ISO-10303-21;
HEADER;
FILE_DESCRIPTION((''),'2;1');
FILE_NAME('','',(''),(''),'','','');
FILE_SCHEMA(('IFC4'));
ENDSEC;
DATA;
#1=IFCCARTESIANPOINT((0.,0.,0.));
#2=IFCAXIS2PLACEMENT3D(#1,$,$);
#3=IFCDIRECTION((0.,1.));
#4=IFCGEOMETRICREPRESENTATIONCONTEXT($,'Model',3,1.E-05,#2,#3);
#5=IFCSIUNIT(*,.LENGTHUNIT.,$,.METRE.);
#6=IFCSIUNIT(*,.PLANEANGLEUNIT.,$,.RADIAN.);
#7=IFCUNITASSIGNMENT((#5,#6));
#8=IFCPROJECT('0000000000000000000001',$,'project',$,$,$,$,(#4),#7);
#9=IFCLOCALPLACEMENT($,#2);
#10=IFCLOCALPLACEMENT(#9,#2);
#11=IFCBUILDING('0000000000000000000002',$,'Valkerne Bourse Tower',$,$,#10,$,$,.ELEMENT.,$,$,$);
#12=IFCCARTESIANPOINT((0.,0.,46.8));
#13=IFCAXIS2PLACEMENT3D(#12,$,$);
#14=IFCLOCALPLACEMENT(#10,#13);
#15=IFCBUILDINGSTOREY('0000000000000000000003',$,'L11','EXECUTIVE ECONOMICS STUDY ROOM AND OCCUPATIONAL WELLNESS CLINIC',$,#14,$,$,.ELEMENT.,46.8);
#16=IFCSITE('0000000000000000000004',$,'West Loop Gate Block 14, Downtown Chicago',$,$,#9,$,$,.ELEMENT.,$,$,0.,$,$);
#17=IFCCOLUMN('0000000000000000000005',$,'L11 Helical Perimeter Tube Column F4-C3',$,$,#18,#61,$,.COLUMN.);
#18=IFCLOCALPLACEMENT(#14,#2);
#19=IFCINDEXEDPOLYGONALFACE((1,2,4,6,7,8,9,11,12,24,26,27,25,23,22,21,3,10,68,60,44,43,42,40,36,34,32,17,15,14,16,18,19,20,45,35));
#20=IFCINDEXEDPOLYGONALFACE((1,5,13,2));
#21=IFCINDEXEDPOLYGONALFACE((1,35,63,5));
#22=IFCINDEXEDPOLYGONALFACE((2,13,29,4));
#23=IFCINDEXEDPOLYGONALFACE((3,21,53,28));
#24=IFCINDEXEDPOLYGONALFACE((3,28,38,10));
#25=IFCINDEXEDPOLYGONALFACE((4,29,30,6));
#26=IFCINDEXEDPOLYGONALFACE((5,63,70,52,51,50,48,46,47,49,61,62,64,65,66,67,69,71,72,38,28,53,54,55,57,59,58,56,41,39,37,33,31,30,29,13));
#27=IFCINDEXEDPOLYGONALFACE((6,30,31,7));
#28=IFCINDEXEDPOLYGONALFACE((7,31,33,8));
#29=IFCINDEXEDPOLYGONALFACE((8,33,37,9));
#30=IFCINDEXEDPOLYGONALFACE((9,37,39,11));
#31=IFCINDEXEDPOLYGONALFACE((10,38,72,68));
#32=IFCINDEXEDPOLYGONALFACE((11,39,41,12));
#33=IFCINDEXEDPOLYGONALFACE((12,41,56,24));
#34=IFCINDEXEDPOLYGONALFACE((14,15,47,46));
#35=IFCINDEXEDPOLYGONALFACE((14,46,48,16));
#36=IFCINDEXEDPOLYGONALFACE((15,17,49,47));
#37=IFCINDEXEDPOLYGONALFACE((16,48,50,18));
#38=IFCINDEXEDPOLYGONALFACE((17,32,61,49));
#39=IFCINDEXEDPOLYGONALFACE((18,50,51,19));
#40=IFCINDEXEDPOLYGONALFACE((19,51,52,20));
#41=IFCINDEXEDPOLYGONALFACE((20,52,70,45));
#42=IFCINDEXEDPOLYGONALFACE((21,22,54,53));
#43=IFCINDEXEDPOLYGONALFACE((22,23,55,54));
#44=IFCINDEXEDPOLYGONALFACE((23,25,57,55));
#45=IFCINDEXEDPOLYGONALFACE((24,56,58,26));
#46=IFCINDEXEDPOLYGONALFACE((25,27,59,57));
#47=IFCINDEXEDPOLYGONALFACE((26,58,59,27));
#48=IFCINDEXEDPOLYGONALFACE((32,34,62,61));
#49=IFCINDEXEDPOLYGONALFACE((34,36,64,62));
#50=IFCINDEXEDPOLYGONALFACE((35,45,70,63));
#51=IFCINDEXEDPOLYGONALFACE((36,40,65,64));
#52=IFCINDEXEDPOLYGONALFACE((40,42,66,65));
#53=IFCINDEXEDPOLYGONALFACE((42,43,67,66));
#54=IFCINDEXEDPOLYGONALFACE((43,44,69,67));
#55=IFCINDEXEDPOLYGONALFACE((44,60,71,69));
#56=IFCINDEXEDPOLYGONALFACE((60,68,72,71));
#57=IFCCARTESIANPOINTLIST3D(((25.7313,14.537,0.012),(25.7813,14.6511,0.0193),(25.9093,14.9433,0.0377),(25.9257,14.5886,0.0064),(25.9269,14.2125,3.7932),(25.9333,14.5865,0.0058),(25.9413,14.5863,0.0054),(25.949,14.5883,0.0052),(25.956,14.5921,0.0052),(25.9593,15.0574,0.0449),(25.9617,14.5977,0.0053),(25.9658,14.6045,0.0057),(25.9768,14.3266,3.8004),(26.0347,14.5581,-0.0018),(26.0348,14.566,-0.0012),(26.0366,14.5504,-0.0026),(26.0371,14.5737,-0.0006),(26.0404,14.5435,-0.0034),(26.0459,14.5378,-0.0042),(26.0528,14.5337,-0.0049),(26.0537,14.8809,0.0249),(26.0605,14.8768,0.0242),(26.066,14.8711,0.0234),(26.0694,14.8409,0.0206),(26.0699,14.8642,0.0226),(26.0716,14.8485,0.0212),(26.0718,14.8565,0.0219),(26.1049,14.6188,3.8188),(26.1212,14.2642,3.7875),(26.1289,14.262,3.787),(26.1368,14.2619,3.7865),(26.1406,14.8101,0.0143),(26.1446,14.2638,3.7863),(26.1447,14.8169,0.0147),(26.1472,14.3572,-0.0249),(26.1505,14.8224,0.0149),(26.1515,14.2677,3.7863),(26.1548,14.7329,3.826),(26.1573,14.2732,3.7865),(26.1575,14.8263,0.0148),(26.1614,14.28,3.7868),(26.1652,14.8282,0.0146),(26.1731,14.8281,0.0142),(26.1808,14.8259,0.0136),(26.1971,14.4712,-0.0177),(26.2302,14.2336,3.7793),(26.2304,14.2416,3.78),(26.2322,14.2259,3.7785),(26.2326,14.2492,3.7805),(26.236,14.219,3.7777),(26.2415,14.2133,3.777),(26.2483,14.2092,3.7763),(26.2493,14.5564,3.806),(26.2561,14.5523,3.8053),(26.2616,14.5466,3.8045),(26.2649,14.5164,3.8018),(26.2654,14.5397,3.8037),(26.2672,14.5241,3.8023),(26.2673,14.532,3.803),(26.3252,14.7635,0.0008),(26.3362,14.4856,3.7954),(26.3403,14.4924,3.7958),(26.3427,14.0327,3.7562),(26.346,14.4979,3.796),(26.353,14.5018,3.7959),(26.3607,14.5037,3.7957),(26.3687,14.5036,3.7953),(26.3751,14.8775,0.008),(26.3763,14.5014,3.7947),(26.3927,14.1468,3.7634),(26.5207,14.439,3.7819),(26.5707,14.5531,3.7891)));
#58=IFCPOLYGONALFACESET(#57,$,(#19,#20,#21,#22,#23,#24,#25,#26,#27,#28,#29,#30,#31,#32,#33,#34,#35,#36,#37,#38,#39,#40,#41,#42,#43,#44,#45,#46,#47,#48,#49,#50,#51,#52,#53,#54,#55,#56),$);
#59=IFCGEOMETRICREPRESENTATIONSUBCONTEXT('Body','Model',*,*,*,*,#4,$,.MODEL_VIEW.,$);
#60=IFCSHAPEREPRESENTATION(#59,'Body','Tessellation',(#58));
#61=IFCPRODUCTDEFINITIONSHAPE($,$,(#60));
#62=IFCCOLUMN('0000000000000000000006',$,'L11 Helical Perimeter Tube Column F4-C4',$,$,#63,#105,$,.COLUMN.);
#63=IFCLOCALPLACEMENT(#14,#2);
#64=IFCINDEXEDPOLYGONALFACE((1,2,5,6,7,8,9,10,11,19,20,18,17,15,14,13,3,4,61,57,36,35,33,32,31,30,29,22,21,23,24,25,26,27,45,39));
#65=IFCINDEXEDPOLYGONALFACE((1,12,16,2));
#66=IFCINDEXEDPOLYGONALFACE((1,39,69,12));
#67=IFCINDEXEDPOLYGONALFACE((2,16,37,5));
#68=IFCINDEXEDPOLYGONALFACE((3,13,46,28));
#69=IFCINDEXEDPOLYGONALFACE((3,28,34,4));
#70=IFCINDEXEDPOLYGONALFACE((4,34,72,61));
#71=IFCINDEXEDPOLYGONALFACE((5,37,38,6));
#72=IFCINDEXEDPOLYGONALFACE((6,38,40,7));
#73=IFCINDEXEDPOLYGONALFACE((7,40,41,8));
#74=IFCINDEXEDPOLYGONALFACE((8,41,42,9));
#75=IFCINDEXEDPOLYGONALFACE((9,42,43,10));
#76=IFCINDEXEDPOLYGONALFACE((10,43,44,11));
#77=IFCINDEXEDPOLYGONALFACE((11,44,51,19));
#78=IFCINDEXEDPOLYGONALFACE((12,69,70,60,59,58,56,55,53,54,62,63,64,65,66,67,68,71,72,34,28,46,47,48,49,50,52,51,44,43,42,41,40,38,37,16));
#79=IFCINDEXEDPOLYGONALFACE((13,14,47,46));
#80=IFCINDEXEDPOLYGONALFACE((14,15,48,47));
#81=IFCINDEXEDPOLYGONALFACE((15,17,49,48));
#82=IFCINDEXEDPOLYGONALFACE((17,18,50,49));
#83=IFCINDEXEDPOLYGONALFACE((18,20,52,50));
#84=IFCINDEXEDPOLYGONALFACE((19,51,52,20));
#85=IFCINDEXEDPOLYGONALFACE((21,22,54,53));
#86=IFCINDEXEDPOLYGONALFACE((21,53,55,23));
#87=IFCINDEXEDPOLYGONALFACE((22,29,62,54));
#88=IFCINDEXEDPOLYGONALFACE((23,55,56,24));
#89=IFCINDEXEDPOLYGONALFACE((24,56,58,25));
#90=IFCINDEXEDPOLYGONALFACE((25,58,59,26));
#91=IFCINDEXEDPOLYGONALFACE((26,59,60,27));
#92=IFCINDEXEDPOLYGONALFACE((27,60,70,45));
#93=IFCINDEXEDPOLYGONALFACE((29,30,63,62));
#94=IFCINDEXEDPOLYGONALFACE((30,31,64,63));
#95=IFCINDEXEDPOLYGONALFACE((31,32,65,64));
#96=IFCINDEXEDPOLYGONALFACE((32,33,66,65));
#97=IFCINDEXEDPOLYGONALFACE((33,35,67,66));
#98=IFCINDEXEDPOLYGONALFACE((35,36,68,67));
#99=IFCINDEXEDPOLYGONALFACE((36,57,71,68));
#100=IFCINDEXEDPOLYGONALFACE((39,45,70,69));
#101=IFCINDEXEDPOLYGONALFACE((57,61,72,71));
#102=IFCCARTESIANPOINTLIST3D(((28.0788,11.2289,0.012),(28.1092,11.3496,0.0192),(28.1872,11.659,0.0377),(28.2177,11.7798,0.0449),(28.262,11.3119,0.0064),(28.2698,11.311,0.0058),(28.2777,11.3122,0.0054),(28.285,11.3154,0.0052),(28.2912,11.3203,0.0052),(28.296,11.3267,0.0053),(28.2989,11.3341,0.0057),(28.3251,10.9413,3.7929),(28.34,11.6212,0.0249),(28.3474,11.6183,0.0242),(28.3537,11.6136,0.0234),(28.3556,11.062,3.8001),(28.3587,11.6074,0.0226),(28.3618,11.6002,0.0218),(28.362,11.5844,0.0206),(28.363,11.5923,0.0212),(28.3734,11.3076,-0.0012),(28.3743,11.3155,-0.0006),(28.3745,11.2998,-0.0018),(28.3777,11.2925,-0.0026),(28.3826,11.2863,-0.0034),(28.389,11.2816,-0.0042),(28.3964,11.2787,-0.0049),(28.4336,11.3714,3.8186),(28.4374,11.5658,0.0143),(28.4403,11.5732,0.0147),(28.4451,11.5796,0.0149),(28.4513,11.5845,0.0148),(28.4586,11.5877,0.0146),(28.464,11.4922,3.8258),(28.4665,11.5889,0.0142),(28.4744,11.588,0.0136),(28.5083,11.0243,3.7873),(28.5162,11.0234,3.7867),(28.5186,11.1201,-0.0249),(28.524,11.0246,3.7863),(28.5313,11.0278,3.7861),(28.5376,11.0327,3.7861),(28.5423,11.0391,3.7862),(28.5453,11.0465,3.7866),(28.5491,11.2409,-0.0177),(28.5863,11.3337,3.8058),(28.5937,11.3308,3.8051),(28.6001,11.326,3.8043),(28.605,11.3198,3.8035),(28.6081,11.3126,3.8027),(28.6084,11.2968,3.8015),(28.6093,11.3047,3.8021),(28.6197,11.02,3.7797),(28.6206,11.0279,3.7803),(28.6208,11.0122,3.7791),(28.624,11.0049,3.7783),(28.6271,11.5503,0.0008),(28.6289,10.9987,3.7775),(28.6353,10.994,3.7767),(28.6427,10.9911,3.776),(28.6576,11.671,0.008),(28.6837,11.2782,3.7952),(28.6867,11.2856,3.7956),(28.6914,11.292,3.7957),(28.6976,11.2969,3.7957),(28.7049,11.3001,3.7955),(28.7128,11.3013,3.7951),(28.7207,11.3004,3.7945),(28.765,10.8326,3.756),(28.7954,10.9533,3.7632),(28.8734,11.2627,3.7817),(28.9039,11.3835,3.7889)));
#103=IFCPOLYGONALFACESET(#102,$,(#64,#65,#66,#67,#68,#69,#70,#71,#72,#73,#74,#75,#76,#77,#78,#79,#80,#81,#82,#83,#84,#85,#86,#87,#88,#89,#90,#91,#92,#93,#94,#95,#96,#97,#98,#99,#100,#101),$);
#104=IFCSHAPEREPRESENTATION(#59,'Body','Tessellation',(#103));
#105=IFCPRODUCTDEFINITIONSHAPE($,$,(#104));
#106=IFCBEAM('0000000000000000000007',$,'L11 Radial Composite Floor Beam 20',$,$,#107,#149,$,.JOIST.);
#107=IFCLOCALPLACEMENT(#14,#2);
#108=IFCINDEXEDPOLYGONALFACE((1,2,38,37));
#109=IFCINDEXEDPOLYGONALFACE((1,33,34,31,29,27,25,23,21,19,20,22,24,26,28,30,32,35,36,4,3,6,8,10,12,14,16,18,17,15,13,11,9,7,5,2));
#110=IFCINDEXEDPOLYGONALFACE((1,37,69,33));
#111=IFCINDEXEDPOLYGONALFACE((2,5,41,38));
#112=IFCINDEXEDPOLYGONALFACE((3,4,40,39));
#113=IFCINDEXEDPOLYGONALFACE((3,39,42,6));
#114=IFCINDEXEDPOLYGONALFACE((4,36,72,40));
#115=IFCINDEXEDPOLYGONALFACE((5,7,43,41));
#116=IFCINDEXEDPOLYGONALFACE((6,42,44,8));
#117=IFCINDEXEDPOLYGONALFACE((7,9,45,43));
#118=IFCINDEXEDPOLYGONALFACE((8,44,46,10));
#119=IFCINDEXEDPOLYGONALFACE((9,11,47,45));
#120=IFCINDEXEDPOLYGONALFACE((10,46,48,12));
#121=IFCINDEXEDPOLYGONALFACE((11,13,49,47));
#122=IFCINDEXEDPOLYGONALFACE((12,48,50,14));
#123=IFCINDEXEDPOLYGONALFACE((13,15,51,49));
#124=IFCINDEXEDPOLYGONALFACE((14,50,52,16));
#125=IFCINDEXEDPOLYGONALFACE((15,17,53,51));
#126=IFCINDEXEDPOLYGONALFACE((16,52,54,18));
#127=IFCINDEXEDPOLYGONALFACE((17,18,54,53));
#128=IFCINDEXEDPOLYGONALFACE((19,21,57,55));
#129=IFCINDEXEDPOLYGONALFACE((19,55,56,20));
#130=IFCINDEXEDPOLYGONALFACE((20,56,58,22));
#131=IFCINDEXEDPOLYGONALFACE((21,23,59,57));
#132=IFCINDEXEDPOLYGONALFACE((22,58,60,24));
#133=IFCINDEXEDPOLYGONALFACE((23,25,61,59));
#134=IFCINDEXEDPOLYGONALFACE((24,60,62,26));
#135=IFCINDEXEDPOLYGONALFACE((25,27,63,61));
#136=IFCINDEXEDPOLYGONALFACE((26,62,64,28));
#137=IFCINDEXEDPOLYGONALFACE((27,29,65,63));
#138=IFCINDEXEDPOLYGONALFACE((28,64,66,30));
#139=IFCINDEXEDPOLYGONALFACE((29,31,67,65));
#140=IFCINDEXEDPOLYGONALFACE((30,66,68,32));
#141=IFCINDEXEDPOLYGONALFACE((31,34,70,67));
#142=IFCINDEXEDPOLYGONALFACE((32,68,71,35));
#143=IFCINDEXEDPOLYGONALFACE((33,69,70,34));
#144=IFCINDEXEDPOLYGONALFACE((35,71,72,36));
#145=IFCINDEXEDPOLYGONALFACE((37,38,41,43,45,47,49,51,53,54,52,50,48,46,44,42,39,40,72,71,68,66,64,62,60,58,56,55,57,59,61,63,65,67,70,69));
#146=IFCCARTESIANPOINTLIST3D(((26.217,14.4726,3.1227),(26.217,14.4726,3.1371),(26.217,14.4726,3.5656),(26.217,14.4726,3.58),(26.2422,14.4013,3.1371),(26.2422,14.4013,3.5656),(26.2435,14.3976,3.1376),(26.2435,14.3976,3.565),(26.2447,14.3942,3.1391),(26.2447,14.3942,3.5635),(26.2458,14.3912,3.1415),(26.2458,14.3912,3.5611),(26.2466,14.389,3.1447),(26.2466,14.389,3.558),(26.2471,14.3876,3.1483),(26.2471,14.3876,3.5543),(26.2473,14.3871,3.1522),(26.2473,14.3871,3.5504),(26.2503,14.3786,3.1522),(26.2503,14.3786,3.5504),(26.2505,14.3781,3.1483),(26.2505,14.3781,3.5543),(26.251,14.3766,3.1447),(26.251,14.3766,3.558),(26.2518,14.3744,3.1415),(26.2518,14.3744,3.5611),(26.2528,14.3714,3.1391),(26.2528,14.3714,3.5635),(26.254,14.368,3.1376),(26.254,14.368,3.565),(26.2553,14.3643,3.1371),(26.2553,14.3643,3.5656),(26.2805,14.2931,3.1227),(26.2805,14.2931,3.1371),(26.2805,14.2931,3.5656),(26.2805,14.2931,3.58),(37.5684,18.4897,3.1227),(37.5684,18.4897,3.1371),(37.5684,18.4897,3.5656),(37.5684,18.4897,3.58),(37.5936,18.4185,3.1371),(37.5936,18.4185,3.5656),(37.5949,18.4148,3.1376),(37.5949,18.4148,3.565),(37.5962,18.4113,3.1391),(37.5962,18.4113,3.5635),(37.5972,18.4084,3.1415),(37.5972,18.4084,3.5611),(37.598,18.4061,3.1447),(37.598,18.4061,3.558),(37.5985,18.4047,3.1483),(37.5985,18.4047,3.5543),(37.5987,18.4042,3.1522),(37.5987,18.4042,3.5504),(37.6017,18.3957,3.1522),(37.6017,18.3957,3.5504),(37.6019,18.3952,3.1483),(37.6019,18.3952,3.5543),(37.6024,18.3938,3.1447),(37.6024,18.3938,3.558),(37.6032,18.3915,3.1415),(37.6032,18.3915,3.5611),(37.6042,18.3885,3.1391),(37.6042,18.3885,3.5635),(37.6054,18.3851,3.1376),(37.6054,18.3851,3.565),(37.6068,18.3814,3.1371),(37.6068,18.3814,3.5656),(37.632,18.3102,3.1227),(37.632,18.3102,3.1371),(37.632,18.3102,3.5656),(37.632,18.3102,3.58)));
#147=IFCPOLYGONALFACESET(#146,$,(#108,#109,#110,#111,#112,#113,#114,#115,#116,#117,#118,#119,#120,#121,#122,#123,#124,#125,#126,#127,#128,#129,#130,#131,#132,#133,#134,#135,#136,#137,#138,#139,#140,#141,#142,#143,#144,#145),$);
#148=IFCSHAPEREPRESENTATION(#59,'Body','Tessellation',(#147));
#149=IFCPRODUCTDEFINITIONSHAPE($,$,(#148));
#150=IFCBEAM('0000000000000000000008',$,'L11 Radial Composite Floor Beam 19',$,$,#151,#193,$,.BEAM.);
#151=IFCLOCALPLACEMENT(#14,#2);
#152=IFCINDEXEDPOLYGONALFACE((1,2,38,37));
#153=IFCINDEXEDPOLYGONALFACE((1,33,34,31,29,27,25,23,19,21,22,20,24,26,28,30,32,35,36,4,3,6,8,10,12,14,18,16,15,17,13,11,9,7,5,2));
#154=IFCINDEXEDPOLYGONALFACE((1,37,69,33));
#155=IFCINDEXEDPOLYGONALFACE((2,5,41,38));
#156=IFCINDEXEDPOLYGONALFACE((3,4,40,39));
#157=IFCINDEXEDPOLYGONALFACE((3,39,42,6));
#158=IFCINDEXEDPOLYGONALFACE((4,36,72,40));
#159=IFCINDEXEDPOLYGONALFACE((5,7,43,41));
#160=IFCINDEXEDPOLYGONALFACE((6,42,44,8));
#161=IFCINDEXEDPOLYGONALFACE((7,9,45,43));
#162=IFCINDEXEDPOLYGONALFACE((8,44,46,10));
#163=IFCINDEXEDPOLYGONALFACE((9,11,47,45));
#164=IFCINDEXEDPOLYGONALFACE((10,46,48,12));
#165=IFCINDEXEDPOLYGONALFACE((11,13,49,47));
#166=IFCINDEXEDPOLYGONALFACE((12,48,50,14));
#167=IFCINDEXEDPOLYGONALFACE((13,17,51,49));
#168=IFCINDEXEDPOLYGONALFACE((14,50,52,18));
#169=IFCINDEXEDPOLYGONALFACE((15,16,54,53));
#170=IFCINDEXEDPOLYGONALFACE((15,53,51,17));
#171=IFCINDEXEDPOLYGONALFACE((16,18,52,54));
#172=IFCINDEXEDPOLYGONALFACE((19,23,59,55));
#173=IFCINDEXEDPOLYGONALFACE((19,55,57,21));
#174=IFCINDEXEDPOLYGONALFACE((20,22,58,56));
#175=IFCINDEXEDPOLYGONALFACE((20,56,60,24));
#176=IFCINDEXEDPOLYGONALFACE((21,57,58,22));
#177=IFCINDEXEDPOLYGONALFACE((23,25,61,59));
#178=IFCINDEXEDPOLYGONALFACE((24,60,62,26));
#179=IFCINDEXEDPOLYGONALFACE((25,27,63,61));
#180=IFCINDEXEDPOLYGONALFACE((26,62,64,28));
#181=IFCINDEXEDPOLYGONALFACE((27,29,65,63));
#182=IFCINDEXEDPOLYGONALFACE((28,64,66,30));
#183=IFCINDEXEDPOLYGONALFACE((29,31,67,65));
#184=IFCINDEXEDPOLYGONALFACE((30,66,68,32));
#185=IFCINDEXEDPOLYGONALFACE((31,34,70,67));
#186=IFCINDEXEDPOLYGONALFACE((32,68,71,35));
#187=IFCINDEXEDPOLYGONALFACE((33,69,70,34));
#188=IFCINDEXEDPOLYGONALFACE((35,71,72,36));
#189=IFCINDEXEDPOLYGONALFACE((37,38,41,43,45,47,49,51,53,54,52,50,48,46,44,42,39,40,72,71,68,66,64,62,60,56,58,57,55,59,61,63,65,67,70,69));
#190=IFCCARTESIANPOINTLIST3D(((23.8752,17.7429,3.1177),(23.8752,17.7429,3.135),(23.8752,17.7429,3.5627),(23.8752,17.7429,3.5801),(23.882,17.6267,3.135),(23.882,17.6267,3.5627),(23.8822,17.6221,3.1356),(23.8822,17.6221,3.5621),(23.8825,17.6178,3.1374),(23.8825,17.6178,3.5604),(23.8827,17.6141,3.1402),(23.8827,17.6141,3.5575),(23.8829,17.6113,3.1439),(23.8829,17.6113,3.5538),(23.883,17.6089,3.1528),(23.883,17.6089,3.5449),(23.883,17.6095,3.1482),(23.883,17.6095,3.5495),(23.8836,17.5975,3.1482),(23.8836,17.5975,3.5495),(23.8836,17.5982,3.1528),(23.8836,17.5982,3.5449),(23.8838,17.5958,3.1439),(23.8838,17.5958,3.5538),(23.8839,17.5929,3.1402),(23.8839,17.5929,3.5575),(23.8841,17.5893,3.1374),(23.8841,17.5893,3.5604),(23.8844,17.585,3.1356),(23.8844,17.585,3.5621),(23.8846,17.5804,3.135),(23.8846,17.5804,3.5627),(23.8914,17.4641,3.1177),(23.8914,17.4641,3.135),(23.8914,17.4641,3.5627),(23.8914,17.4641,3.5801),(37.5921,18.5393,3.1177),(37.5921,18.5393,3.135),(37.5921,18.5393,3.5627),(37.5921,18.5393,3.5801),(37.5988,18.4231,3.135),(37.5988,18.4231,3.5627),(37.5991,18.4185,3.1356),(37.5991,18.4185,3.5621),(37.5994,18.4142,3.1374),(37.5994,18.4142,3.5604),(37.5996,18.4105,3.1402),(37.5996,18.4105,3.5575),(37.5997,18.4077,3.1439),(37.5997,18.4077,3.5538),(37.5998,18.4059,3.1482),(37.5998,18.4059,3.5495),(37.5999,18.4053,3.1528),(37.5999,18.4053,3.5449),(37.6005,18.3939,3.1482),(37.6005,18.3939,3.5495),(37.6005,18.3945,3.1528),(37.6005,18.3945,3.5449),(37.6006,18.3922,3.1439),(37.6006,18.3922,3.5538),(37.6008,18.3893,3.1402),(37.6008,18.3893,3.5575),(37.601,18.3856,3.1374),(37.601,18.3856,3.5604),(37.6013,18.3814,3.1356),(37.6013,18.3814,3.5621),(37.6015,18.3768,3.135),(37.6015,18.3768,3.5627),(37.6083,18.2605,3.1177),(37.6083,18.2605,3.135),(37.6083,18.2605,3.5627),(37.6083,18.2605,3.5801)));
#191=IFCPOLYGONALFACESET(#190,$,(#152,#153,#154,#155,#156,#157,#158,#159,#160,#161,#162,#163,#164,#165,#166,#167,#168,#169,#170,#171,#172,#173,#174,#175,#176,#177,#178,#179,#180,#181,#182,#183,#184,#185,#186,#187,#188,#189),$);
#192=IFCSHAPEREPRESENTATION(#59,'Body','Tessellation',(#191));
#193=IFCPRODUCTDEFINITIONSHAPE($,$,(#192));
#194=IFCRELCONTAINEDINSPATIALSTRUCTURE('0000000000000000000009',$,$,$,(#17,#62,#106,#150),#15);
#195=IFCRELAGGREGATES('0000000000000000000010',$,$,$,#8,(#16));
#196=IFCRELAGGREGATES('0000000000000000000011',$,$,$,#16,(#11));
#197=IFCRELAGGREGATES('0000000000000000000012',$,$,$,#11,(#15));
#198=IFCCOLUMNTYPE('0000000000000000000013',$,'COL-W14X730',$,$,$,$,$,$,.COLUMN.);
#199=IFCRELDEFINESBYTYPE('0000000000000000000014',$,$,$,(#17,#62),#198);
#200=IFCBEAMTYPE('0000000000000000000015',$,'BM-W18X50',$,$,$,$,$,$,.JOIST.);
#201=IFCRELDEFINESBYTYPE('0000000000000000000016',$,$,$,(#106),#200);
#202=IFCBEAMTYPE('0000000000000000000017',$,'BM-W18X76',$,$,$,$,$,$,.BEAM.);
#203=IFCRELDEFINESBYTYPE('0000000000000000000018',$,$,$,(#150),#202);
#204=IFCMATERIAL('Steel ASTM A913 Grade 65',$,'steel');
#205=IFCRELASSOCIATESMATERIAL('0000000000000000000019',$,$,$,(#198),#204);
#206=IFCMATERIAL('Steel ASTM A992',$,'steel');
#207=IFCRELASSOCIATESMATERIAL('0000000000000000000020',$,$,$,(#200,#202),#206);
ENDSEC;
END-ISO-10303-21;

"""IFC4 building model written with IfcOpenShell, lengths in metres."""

from ifc_helpers import new_model, si_unit, direction, frame, origin, origin_2d, place, context, subcontext, project, spatial, i_section, extrude, material, material_profile, profile_set, type_object, element, save


model = new_model("IFC4")

# Units and contexts
model_context = context("Model", 3, precision=1e-05, world=origin(), true_north=direction((0.0, 1.0)))
body_context = subcontext(model_context, "Body", "Model", "MODEL_VIEW")
ifc_project = project(units=[si_unit("LENGTHUNIT", "METRE"), si_unit("PLANEANGLEUNIT", "RADIAN")], contexts=[model_context])

# Site, building, storey
site_placement = place(None, origin())
site = spatial("IfcSite", under=ifc_project, at=site_placement, Name="West Loop Gate Block 14, Downtown Chicago", CompositionType="ELEMENT", RefElevation=0.0)
building_placement = place(site_placement, origin())
building = spatial("IfcBuilding", under=site, at=building_placement, Name="Valkerne Bourse Tower", CompositionType="ELEMENT")
storey_placement = place(building_placement, frame((0.0, 0.0, 46.8)))
storey = spatial("IfcBuildingStorey", under=building, at=storey_placement, Name="L11", Description="EXECUTIVE ECONOMICS STUDY ROOM AND OCCUPATIONAL WELLNESS CLINIC", CompositionType="ELEMENT", Elevation=46.8)

# Columns
ifc_material_1 = material(Name="Steel ASTM A913 Grade 65", Category="steel")
ifc_material_profile_1 = material_profile(ifc_material_1, i_section(OverallWidth=0.4546, OverallDepth=0.5691, WebThickness=0.0779, FlangeThickness=0.1248, FilletRadius=0.0305, at=origin_2d()), Name="W14X730")
ifc_profile_set_1 = profile_set([ifc_material_profile_1], Name="Steel ASTM A913 Grade 65")
column_type = type_object("IfcColumnType", Name="COL-W14X730", PredefinedType="COLUMN", material=ifc_profile_set_1)
column_1_placement = place(storey_placement, frame((26.0532, 14.7073, 0.01), z_axis=(0.051463, -0.085386, 0.995018), x_axis=(0.914809, -0.395627, -0.081265)))
element("IfcColumn", 1, at=column_1_placement, inside=storey, type_object=column_type, Name="L11 Helical Perimeter Tube Column F4-C3", PredefinedType="COLUMN", context=body_context, shape_type="SweptSolid", body=[
    extrude(i_section(OverallWidth=0.4546, OverallDepth=0.5691, WebThickness=0.0779, FlangeThickness=0.1248, FilletRadius=0.0305, at=origin_2d()), origin(), (0.0, 0.0, 1.0), 3.8),
])
column_2_placement = place(storey_placement, frame((28.3682, 11.45, 0.01), z_axis=(0.064827, -0.075685, 0.995022), x_axis=(0.967577, -0.239158, -0.08123)))
element("IfcColumn", 2, at=column_2_placement, inside=storey, type_object=column_type, Name="L11 Helical Perimeter Tube Column F4-C4", PredefinedType="COLUMN", context=body_context, shape_type="SweptSolid", body=[
    extrude(i_section(OverallWidth=0.4546, OverallDepth=0.5691, WebThickness=0.0779, FlangeThickness=0.1248, FilletRadius=0.0305, at=origin_2d()), origin(), (0.0, 0.0, 1.0), 3.7998),
])

# Beams
ifc_material_2 = material(Name="Steel ASTM A992", Category="steel")
ifc_material_profile_2 = material_profile(ifc_material_2, i_section(OverallWidth=0.1904, OverallDepth=0.4573, WebThickness=0.009, FlangeThickness=0.0144, FilletRadius=0.0151, at=origin_2d()), Name="W18X50")
ifc_profile_set_2 = profile_set([ifc_material_profile_2], Name="Steel ASTM A992")
beam_type_1 = type_object("IfcBeamType", Name="BM-W18X50", PredefinedType="JOIST", material=ifc_profile_set_2)
beam_1_placement = place(storey_placement, frame((26.2488, 14.3828, 3.3513), z_axis=(0.94271, 0.333613, 0.0), x_axis=(-0.333613, 0.94271, 0.0)))
element("IfcBeam", 3, at=beam_1_placement, inside=storey, type_object=beam_type_1, Name="L11 Radial Composite Floor Beam 20", PredefinedType="JOIST", context=body_context, shape_type="SweptSolid", body=[
    extrude(i_section(OverallWidth=0.1904, OverallDepth=0.4573, WebThickness=0.009, FlangeThickness=0.0144, FilletRadius=0.0151, at=origin_2d()), origin(), (0.0, 0.0, 1.0), 12.0413),
])
ifc_material_profile_3 = material_profile(ifc_material_2, i_section(OverallWidth=0.2793, OverallDepth=0.4624, WebThickness=0.0107, FlangeThickness=0.0173, FilletRadius=0.0178, at=origin_2d()), Name="W18X76")
ifc_profile_set_3 = profile_set([ifc_material_profile_3], Name="Steel ASTM A992")
beam_type_2 = type_object("IfcBeamType", Name="BM-W18X76", PredefinedType="BEAM", material=ifc_profile_set_3)
beam_2_placement = place(storey_placement, frame((23.8833, 17.6035, 3.3489), z_axis=(0.998319, 0.057962, 0.0), x_axis=(-0.057962, 0.998319, 0.0)))
element("IfcBeam", 4, at=beam_2_placement, inside=storey, type_object=beam_type_2, Name="L11 Radial Composite Floor Beam 19", PredefinedType="BEAM", context=body_context, shape_type="SweptSolid", body=[
    extrude(i_section(OverallWidth=0.2793, OverallDepth=0.4624, WebThickness=0.0107, FlangeThickness=0.0173, FilletRadius=0.0178, at=origin_2d()), origin(), (0.0, 0.0, 1.0), 13.74),
])

save(model, "model.ifc")
